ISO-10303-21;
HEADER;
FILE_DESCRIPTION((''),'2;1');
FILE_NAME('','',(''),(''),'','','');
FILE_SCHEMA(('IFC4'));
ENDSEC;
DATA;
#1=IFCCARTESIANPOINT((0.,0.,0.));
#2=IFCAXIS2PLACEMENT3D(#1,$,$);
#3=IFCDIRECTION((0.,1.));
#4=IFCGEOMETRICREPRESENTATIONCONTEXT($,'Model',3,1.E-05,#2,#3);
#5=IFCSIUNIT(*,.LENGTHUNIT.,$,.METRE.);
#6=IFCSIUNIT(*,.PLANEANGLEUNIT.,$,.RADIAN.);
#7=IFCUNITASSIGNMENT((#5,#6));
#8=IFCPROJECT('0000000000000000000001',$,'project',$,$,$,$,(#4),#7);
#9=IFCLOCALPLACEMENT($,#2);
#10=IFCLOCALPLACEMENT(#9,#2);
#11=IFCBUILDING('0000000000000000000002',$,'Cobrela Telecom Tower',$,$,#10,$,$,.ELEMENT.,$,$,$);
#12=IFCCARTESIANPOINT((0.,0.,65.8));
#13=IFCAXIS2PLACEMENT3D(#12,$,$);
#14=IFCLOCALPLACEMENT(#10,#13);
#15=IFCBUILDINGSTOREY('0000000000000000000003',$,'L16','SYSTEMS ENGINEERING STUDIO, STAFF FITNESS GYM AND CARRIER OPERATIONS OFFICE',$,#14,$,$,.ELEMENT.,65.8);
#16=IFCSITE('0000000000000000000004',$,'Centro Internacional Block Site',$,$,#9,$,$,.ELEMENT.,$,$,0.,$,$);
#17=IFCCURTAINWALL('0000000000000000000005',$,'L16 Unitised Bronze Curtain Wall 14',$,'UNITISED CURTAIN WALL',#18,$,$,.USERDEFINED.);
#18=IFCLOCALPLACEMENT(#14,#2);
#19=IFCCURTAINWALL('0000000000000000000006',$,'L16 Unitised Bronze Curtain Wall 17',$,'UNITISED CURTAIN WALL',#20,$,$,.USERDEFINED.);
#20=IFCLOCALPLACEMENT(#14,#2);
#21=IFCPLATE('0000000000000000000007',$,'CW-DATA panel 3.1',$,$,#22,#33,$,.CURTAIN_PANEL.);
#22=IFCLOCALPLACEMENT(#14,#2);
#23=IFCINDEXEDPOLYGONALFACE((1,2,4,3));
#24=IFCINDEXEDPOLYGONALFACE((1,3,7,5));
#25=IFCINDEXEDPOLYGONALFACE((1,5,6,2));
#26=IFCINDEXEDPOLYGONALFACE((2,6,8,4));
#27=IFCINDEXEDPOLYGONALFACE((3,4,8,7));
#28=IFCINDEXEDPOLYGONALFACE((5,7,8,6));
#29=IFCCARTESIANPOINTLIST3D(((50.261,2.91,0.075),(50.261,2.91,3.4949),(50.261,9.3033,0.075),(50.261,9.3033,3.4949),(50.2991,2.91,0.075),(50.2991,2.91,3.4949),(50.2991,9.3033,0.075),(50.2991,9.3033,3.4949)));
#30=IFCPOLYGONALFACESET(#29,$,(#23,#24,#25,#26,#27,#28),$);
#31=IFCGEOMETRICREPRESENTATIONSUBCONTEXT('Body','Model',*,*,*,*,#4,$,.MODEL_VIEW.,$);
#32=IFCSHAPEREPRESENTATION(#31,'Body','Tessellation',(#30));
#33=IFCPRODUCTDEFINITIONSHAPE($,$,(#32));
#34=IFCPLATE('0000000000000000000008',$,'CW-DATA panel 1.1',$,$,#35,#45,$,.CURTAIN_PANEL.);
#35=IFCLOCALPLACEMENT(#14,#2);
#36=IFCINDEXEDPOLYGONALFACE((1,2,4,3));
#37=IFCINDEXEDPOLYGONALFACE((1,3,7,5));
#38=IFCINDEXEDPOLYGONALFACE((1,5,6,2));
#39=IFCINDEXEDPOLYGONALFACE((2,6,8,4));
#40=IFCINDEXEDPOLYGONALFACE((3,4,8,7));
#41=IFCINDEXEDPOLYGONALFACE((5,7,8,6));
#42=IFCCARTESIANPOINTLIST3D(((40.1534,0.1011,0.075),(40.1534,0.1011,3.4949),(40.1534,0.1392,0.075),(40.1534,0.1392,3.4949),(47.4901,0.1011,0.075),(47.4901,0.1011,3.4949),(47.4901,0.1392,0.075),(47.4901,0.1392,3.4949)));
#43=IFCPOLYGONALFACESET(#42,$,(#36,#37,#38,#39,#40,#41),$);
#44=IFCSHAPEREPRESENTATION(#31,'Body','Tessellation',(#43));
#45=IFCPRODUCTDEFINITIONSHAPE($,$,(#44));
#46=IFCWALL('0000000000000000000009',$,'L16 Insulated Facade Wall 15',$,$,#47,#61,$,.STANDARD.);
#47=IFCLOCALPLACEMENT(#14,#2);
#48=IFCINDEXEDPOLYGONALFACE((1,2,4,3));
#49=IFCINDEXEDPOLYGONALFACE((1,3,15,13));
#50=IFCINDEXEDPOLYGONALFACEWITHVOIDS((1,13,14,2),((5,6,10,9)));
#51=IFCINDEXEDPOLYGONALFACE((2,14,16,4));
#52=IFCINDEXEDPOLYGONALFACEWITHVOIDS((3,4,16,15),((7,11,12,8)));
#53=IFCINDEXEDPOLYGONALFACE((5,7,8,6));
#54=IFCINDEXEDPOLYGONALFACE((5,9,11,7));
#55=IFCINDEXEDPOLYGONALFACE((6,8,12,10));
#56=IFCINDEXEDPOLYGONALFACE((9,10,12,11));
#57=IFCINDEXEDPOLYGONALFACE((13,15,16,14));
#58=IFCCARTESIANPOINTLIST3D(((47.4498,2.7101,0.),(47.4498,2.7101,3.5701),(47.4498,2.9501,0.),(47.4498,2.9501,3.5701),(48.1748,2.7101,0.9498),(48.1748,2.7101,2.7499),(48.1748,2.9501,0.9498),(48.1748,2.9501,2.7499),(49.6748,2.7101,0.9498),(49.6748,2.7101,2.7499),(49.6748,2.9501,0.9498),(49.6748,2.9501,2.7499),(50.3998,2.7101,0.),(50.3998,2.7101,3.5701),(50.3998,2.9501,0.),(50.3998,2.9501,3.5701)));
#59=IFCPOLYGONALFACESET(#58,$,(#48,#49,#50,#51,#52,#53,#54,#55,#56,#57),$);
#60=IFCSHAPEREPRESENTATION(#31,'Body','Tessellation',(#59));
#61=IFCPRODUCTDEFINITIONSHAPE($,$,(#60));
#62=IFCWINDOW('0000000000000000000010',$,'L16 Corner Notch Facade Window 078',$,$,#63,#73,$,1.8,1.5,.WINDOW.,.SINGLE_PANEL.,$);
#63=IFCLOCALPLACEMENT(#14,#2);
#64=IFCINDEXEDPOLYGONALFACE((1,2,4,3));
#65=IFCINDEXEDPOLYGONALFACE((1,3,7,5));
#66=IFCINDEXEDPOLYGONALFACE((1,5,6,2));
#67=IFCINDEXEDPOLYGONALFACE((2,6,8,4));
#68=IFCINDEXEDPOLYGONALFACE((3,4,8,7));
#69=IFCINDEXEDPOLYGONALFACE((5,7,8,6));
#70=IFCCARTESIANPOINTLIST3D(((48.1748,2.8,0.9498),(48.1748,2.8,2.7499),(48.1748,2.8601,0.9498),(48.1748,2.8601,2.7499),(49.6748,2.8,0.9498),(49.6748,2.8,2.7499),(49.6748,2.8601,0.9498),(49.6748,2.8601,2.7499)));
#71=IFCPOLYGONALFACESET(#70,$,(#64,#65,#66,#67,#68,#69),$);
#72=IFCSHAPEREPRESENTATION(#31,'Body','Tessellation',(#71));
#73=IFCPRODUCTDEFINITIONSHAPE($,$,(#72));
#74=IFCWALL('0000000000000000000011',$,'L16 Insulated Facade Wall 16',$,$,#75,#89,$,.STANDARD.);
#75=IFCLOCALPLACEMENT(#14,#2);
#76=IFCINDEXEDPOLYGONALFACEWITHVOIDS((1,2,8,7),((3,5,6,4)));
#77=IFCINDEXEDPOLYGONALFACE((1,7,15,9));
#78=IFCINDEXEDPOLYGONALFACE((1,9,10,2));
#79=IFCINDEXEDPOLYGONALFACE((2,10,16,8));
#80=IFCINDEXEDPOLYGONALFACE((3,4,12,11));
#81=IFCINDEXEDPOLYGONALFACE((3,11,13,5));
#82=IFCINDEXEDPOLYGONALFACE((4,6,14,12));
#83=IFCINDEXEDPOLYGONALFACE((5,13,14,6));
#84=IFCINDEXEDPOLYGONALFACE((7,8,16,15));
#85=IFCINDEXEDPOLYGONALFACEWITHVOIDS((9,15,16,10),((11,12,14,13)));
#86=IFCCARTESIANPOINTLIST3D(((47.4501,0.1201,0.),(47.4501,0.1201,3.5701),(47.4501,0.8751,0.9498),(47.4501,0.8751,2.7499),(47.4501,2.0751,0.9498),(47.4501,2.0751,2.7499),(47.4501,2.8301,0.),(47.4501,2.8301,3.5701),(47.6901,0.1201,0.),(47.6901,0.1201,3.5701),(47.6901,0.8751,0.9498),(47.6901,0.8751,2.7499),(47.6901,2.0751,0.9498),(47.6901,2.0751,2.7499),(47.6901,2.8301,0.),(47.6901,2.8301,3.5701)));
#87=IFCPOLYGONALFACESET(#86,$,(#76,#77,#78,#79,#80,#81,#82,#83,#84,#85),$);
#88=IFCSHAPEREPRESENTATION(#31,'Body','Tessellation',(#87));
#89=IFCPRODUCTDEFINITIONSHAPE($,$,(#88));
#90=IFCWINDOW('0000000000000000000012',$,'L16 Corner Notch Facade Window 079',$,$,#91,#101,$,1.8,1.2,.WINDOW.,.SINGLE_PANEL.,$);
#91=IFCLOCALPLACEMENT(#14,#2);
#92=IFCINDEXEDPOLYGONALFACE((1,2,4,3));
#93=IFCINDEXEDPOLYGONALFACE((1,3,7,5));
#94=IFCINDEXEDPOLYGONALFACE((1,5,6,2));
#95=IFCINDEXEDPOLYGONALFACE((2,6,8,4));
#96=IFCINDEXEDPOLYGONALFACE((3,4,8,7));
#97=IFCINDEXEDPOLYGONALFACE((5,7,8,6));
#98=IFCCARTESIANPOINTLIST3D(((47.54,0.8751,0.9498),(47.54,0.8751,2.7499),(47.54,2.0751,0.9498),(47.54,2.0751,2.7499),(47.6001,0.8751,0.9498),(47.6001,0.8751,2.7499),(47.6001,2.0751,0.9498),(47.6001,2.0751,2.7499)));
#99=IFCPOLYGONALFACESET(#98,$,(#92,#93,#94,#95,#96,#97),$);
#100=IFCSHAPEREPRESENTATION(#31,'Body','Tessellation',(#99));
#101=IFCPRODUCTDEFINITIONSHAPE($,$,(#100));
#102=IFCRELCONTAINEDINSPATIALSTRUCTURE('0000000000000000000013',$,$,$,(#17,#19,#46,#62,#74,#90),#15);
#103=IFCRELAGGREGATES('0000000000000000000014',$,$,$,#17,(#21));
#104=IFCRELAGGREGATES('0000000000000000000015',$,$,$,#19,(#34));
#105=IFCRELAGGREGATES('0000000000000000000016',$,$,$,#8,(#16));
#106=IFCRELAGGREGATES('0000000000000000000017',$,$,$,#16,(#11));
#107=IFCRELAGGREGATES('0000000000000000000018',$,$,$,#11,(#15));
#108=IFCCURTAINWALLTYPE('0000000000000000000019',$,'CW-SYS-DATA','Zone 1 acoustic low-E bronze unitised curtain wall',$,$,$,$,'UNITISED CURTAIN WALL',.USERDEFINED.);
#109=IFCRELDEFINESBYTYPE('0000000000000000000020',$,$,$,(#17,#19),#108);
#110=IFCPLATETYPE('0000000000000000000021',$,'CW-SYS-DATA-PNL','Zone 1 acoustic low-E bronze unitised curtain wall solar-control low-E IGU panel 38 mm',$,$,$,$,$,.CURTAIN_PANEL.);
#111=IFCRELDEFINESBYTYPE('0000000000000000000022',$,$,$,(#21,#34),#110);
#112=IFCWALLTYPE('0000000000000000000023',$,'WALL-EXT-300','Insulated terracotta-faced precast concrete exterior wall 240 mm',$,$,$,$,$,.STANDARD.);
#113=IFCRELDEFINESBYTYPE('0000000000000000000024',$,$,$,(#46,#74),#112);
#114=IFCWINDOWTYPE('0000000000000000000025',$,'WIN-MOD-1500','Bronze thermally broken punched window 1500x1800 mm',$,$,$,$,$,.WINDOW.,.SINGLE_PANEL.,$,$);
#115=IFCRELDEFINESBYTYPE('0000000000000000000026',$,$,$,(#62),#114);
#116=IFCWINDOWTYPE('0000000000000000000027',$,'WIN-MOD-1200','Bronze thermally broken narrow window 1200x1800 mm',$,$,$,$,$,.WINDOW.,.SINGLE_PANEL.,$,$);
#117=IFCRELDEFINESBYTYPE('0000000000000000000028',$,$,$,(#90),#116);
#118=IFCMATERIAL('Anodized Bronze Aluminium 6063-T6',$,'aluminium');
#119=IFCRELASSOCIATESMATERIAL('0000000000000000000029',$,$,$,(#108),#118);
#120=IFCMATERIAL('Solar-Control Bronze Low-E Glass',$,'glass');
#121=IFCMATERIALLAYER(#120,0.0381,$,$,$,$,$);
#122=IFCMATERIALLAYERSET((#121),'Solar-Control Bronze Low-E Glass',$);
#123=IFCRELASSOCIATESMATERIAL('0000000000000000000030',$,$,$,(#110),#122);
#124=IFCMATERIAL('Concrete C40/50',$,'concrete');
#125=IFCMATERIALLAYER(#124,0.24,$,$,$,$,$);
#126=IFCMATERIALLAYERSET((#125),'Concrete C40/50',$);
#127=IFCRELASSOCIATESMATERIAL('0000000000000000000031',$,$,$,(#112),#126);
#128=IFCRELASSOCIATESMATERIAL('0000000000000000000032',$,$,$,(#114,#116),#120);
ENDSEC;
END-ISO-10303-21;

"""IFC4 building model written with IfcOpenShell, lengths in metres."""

from ifc_helpers import new_model, si_unit, direction, frame, frame_2d, origin, origin_2d, place, context, subcontext, project, spatial, rectangle, extrude, material, layer, layer_set, type_object, element, fill, aggregate, save


model = new_model("IFC4")

# Units and contexts
model_context = context("Model", 3, precision=1e-05, world=origin(), true_north=direction((0.0, 1.0)))
body_context = subcontext(model_context, "Body", "Model", "MODEL_VIEW")
ifc_project = project(units=[si_unit("LENGTHUNIT", "METRE"), si_unit("PLANEANGLEUNIT", "RADIAN")], contexts=[model_context])

# Site, building, storey
site_placement = place(None, origin())
site = spatial("IfcSite", under=ifc_project, at=site_placement, Name="Centro Internacional Block Site", CompositionType="ELEMENT", RefElevation=0.0)
building_placement = place(site_placement, origin())
building = spatial("IfcBuilding", under=site, at=building_placement, Name="Cobrela Telecom Tower", CompositionType="ELEMENT")
storey_placement = place(building_placement, frame((0.0, 0.0, 65.8)))
storey = spatial("IfcBuildingStorey", under=building, at=storey_placement, Name="L16", Description="SYSTEMS ENGINEERING STUDIO, STAFF FITNESS GYM AND CARRIER OPERATIONS OFFICE", CompositionType="ELEMENT", Elevation=65.8)

# Curtain wall
ifc_material_1 = material(Name="Anodized Bronze Aluminium 6063-T6", Category="aluminium")
curtain_wall_type = type_object("IfcCurtainWallType", Name="CW-SYS-DATA", Description="Zone 1 acoustic low-E bronze unitised curtain wall", ElementType="UNITISED CURTAIN WALL", PredefinedType="USERDEFINED", material=ifc_material_1)
curtain_wall_1_placement = place(storey_placement, origin())
curtain_wall_1 = element("IfcCurtainWall", 1, at=curtain_wall_1_placement, inside=storey, type_object=curtain_wall_type, Name="L16 Unitised Bronze Curtain Wall 14", ObjectType="UNITISED CURTAIN WALL", PredefinedType="USERDEFINED")

# Curtain wall
curtain_wall_2_placement = place(storey_placement, origin())
curtain_wall_2 = element("IfcCurtainWall", 2, at=curtain_wall_2_placement, inside=storey, type_object=curtain_wall_type, Name="L16 Unitised Bronze Curtain Wall 17", ObjectType="UNITISED CURTAIN WALL", PredefinedType="USERDEFINED")

# Plates
ifc_material_2 = material(Name="Solar-Control Bronze Low-E Glass", Category="glass")
ifc_layer_1 = layer(ifc_material_2, 0.0381)
ifc_layer_set_1 = layer_set([ifc_layer_1], Name="Solar-Control Bronze Low-E Glass")
plate_type = type_object("IfcPlateType", Name="CW-SYS-DATA-PNL", Description="Zone 1 acoustic low-E bronze unitised curtain wall solar-control low-E IGU panel 38 mm", PredefinedType="CURTAIN_PANEL", material=ifc_layer_set_1)
plate_1_placement = place(storey_placement, frame((50.28, 6.1067, 0.075), z_axis=(0.0, 0.0, 1.0), x_axis=(0.0, -1.0, 0.0)))
plate_1 = element("IfcPlate", 3, at=plate_1_placement, type_object=plate_type, Name="CW-DATA panel 3.1", PredefinedType="CURTAIN_PANEL", context=body_context, shape_type="SweptSolid", body=[
    extrude(rectangle(XDim=6.3933, YDim=0.0381, at=origin_2d()), origin(), (0.0, 0.0, 1.0), 3.4199),
])
aggregate(curtain_wall_1, [plate_1])
plate_2_placement = place(storey_placement, frame((43.8218, 0.1201, 0.075), z_axis=(0.0, 0.0, 1.0), x_axis=(-1.0, 0.0, 0.0)))
plate_2 = element("IfcPlate", 4, at=plate_2_placement, type_object=plate_type, Name="CW-DATA panel 1.1", PredefinedType="CURTAIN_PANEL", context=body_context, shape_type="SweptSolid", body=[
    extrude(rectangle(XDim=7.3367, YDim=0.0381, at=origin_2d()), origin(), (0.0, 0.0, 1.0), 3.4199),
])
aggregate(curtain_wall_2, [plate_2])

# Walls, openings, windows
ifc_material_3 = material(Name="Concrete C40/50", Category="concrete")
ifc_layer_2 = layer(ifc_material_3, 0.24)
ifc_layer_set_2 = layer_set([ifc_layer_2], Name="Concrete C40/50")
wall_type = type_object("IfcWallType", Name="WALL-EXT-300", Description="Insulated terracotta-faced precast concrete exterior wall 240 mm", PredefinedType="STANDARD", material=ifc_layer_set_2)
wall_1_placement = place(storey_placement, frame((50.3999, 2.8301, 0.0), z_axis=(0.0, 0.0, 1.0), x_axis=(-1.0, 0.0, 0.0)))
wall_1 = element("IfcWall", 5, at=wall_1_placement, inside=storey, type_object=wall_type, Name="L16 Insulated Facade Wall 15", PredefinedType="STANDARD", context=body_context, shape_type="SweptSolid", body=[
    extrude(rectangle(XDim=2.95, YDim=0.24, at=frame_2d((1.4751, 0.0))), origin(), (0.0, 0.0, 1.0), 3.5701),
])
opening_1_placement = place(wall_1_placement, frame((0.7251, 0.0, 0.95)))
opening_1 = element("IfcOpeningElement", 6, at=opening_1_placement, cuts=wall_1, PredefinedType="OPENING", context=body_context, shape_type="SweptSolid", body=[
    extrude(rectangle(XDim=1.5, YDim=1.8, at=frame_2d((0.75, 0.8999))), frame((0.0, 0.1318, 0.0), z_axis=(0.0, -1.0, 0.0), x_axis=(1.0, 0.0, 0.0)), (0.0, 0.0, 1.0), 0.2639),
])
window_type_1 = type_object("IfcWindowType", Name="WIN-MOD-1500", Description="Bronze thermally broken punched window 1500x1800 mm", PartitioningType="SINGLE_PANEL", PredefinedType="WINDOW", material=ifc_material_2)
window_1_placement = place(opening_1_placement, origin())
window_1 = element("IfcWindow", 7, at=window_1_placement, inside=storey, type_object=window_type_1, Name="L16 Corner Notch Facade Window 078", OverallHeight=1.8, OverallWidth=1.5, PartitioningType="SINGLE_PANEL", PredefinedType="WINDOW", context=body_context, shape_type="SweptSolid", body=[
    extrude(rectangle(XDim=1.5, YDim=1.8, at=frame_2d((0.75, 0.8999))), frame((0.0, 0.03, 0.0), z_axis=(0.0, -1.0, 0.0), x_axis=(1.0, 0.0, 0.0)), (0.0, 0.0, 1.0), 0.0601),
])
fill(opening_1, window_1)
wall_2_placement = place(storey_placement, frame((47.5701, 2.8301, 0.0), z_axis=(0.0, 0.0, 1.0), x_axis=(0.0, -1.0, 0.0)))
wall_2 = element("IfcWall", 8, at=wall_2_placement, inside=storey, type_object=wall_type, Name="L16 Insulated Facade Wall 16", PredefinedType="STANDARD", context=body_context, shape_type="SweptSolid", body=[
    extrude(rectangle(XDim=2.71, YDim=0.24, at=frame_2d((1.355, 0.0))), origin(), (0.0, 0.0, 1.0), 3.5701),
])
opening_2_placement = place(wall_2_placement, frame((0.7549, 0.0, 0.95)))
opening_2 = element("IfcOpeningElement", 9, at=opening_2_placement, cuts=wall_2, PredefinedType="OPENING", context=body_context, shape_type="SweptSolid", body=[
    extrude(rectangle(XDim=1.2, YDim=1.8, at=frame_2d((0.6001, 0.8999))), frame((0.0, 0.1318, 0.0), z_axis=(0.0, -1.0, 0.0), x_axis=(1.0, 0.0, 0.0)), (0.0, 0.0, 1.0), 0.2639),
])
window_type_2 = type_object("IfcWindowType", Name="WIN-MOD-1200", Description="Bronze thermally broken narrow window 1200x1800 mm", PartitioningType="SINGLE_PANEL", PredefinedType="WINDOW", material=ifc_material_2)
window_2_placement = place(opening_2_placement, origin())
window_2 = element("IfcWindow", 10, at=window_2_placement, inside=storey, type_object=window_type_2, Name="L16 Corner Notch Facade Window 079", OverallHeight=1.8, OverallWidth=1.2, PartitioningType="SINGLE_PANEL", PredefinedType="WINDOW", context=body_context, shape_type="SweptSolid", body=[
    extrude(rectangle(XDim=1.2, YDim=1.8, at=frame_2d((0.6001, 0.8999))), frame((0.0, 0.03, 0.0), z_axis=(0.0, -1.0, 0.0), x_axis=(1.0, 0.0, 0.0)), (0.0, 0.0, 1.0), 0.0601),
])
fill(opening_2, window_2)

save(model, "model.ifc")
